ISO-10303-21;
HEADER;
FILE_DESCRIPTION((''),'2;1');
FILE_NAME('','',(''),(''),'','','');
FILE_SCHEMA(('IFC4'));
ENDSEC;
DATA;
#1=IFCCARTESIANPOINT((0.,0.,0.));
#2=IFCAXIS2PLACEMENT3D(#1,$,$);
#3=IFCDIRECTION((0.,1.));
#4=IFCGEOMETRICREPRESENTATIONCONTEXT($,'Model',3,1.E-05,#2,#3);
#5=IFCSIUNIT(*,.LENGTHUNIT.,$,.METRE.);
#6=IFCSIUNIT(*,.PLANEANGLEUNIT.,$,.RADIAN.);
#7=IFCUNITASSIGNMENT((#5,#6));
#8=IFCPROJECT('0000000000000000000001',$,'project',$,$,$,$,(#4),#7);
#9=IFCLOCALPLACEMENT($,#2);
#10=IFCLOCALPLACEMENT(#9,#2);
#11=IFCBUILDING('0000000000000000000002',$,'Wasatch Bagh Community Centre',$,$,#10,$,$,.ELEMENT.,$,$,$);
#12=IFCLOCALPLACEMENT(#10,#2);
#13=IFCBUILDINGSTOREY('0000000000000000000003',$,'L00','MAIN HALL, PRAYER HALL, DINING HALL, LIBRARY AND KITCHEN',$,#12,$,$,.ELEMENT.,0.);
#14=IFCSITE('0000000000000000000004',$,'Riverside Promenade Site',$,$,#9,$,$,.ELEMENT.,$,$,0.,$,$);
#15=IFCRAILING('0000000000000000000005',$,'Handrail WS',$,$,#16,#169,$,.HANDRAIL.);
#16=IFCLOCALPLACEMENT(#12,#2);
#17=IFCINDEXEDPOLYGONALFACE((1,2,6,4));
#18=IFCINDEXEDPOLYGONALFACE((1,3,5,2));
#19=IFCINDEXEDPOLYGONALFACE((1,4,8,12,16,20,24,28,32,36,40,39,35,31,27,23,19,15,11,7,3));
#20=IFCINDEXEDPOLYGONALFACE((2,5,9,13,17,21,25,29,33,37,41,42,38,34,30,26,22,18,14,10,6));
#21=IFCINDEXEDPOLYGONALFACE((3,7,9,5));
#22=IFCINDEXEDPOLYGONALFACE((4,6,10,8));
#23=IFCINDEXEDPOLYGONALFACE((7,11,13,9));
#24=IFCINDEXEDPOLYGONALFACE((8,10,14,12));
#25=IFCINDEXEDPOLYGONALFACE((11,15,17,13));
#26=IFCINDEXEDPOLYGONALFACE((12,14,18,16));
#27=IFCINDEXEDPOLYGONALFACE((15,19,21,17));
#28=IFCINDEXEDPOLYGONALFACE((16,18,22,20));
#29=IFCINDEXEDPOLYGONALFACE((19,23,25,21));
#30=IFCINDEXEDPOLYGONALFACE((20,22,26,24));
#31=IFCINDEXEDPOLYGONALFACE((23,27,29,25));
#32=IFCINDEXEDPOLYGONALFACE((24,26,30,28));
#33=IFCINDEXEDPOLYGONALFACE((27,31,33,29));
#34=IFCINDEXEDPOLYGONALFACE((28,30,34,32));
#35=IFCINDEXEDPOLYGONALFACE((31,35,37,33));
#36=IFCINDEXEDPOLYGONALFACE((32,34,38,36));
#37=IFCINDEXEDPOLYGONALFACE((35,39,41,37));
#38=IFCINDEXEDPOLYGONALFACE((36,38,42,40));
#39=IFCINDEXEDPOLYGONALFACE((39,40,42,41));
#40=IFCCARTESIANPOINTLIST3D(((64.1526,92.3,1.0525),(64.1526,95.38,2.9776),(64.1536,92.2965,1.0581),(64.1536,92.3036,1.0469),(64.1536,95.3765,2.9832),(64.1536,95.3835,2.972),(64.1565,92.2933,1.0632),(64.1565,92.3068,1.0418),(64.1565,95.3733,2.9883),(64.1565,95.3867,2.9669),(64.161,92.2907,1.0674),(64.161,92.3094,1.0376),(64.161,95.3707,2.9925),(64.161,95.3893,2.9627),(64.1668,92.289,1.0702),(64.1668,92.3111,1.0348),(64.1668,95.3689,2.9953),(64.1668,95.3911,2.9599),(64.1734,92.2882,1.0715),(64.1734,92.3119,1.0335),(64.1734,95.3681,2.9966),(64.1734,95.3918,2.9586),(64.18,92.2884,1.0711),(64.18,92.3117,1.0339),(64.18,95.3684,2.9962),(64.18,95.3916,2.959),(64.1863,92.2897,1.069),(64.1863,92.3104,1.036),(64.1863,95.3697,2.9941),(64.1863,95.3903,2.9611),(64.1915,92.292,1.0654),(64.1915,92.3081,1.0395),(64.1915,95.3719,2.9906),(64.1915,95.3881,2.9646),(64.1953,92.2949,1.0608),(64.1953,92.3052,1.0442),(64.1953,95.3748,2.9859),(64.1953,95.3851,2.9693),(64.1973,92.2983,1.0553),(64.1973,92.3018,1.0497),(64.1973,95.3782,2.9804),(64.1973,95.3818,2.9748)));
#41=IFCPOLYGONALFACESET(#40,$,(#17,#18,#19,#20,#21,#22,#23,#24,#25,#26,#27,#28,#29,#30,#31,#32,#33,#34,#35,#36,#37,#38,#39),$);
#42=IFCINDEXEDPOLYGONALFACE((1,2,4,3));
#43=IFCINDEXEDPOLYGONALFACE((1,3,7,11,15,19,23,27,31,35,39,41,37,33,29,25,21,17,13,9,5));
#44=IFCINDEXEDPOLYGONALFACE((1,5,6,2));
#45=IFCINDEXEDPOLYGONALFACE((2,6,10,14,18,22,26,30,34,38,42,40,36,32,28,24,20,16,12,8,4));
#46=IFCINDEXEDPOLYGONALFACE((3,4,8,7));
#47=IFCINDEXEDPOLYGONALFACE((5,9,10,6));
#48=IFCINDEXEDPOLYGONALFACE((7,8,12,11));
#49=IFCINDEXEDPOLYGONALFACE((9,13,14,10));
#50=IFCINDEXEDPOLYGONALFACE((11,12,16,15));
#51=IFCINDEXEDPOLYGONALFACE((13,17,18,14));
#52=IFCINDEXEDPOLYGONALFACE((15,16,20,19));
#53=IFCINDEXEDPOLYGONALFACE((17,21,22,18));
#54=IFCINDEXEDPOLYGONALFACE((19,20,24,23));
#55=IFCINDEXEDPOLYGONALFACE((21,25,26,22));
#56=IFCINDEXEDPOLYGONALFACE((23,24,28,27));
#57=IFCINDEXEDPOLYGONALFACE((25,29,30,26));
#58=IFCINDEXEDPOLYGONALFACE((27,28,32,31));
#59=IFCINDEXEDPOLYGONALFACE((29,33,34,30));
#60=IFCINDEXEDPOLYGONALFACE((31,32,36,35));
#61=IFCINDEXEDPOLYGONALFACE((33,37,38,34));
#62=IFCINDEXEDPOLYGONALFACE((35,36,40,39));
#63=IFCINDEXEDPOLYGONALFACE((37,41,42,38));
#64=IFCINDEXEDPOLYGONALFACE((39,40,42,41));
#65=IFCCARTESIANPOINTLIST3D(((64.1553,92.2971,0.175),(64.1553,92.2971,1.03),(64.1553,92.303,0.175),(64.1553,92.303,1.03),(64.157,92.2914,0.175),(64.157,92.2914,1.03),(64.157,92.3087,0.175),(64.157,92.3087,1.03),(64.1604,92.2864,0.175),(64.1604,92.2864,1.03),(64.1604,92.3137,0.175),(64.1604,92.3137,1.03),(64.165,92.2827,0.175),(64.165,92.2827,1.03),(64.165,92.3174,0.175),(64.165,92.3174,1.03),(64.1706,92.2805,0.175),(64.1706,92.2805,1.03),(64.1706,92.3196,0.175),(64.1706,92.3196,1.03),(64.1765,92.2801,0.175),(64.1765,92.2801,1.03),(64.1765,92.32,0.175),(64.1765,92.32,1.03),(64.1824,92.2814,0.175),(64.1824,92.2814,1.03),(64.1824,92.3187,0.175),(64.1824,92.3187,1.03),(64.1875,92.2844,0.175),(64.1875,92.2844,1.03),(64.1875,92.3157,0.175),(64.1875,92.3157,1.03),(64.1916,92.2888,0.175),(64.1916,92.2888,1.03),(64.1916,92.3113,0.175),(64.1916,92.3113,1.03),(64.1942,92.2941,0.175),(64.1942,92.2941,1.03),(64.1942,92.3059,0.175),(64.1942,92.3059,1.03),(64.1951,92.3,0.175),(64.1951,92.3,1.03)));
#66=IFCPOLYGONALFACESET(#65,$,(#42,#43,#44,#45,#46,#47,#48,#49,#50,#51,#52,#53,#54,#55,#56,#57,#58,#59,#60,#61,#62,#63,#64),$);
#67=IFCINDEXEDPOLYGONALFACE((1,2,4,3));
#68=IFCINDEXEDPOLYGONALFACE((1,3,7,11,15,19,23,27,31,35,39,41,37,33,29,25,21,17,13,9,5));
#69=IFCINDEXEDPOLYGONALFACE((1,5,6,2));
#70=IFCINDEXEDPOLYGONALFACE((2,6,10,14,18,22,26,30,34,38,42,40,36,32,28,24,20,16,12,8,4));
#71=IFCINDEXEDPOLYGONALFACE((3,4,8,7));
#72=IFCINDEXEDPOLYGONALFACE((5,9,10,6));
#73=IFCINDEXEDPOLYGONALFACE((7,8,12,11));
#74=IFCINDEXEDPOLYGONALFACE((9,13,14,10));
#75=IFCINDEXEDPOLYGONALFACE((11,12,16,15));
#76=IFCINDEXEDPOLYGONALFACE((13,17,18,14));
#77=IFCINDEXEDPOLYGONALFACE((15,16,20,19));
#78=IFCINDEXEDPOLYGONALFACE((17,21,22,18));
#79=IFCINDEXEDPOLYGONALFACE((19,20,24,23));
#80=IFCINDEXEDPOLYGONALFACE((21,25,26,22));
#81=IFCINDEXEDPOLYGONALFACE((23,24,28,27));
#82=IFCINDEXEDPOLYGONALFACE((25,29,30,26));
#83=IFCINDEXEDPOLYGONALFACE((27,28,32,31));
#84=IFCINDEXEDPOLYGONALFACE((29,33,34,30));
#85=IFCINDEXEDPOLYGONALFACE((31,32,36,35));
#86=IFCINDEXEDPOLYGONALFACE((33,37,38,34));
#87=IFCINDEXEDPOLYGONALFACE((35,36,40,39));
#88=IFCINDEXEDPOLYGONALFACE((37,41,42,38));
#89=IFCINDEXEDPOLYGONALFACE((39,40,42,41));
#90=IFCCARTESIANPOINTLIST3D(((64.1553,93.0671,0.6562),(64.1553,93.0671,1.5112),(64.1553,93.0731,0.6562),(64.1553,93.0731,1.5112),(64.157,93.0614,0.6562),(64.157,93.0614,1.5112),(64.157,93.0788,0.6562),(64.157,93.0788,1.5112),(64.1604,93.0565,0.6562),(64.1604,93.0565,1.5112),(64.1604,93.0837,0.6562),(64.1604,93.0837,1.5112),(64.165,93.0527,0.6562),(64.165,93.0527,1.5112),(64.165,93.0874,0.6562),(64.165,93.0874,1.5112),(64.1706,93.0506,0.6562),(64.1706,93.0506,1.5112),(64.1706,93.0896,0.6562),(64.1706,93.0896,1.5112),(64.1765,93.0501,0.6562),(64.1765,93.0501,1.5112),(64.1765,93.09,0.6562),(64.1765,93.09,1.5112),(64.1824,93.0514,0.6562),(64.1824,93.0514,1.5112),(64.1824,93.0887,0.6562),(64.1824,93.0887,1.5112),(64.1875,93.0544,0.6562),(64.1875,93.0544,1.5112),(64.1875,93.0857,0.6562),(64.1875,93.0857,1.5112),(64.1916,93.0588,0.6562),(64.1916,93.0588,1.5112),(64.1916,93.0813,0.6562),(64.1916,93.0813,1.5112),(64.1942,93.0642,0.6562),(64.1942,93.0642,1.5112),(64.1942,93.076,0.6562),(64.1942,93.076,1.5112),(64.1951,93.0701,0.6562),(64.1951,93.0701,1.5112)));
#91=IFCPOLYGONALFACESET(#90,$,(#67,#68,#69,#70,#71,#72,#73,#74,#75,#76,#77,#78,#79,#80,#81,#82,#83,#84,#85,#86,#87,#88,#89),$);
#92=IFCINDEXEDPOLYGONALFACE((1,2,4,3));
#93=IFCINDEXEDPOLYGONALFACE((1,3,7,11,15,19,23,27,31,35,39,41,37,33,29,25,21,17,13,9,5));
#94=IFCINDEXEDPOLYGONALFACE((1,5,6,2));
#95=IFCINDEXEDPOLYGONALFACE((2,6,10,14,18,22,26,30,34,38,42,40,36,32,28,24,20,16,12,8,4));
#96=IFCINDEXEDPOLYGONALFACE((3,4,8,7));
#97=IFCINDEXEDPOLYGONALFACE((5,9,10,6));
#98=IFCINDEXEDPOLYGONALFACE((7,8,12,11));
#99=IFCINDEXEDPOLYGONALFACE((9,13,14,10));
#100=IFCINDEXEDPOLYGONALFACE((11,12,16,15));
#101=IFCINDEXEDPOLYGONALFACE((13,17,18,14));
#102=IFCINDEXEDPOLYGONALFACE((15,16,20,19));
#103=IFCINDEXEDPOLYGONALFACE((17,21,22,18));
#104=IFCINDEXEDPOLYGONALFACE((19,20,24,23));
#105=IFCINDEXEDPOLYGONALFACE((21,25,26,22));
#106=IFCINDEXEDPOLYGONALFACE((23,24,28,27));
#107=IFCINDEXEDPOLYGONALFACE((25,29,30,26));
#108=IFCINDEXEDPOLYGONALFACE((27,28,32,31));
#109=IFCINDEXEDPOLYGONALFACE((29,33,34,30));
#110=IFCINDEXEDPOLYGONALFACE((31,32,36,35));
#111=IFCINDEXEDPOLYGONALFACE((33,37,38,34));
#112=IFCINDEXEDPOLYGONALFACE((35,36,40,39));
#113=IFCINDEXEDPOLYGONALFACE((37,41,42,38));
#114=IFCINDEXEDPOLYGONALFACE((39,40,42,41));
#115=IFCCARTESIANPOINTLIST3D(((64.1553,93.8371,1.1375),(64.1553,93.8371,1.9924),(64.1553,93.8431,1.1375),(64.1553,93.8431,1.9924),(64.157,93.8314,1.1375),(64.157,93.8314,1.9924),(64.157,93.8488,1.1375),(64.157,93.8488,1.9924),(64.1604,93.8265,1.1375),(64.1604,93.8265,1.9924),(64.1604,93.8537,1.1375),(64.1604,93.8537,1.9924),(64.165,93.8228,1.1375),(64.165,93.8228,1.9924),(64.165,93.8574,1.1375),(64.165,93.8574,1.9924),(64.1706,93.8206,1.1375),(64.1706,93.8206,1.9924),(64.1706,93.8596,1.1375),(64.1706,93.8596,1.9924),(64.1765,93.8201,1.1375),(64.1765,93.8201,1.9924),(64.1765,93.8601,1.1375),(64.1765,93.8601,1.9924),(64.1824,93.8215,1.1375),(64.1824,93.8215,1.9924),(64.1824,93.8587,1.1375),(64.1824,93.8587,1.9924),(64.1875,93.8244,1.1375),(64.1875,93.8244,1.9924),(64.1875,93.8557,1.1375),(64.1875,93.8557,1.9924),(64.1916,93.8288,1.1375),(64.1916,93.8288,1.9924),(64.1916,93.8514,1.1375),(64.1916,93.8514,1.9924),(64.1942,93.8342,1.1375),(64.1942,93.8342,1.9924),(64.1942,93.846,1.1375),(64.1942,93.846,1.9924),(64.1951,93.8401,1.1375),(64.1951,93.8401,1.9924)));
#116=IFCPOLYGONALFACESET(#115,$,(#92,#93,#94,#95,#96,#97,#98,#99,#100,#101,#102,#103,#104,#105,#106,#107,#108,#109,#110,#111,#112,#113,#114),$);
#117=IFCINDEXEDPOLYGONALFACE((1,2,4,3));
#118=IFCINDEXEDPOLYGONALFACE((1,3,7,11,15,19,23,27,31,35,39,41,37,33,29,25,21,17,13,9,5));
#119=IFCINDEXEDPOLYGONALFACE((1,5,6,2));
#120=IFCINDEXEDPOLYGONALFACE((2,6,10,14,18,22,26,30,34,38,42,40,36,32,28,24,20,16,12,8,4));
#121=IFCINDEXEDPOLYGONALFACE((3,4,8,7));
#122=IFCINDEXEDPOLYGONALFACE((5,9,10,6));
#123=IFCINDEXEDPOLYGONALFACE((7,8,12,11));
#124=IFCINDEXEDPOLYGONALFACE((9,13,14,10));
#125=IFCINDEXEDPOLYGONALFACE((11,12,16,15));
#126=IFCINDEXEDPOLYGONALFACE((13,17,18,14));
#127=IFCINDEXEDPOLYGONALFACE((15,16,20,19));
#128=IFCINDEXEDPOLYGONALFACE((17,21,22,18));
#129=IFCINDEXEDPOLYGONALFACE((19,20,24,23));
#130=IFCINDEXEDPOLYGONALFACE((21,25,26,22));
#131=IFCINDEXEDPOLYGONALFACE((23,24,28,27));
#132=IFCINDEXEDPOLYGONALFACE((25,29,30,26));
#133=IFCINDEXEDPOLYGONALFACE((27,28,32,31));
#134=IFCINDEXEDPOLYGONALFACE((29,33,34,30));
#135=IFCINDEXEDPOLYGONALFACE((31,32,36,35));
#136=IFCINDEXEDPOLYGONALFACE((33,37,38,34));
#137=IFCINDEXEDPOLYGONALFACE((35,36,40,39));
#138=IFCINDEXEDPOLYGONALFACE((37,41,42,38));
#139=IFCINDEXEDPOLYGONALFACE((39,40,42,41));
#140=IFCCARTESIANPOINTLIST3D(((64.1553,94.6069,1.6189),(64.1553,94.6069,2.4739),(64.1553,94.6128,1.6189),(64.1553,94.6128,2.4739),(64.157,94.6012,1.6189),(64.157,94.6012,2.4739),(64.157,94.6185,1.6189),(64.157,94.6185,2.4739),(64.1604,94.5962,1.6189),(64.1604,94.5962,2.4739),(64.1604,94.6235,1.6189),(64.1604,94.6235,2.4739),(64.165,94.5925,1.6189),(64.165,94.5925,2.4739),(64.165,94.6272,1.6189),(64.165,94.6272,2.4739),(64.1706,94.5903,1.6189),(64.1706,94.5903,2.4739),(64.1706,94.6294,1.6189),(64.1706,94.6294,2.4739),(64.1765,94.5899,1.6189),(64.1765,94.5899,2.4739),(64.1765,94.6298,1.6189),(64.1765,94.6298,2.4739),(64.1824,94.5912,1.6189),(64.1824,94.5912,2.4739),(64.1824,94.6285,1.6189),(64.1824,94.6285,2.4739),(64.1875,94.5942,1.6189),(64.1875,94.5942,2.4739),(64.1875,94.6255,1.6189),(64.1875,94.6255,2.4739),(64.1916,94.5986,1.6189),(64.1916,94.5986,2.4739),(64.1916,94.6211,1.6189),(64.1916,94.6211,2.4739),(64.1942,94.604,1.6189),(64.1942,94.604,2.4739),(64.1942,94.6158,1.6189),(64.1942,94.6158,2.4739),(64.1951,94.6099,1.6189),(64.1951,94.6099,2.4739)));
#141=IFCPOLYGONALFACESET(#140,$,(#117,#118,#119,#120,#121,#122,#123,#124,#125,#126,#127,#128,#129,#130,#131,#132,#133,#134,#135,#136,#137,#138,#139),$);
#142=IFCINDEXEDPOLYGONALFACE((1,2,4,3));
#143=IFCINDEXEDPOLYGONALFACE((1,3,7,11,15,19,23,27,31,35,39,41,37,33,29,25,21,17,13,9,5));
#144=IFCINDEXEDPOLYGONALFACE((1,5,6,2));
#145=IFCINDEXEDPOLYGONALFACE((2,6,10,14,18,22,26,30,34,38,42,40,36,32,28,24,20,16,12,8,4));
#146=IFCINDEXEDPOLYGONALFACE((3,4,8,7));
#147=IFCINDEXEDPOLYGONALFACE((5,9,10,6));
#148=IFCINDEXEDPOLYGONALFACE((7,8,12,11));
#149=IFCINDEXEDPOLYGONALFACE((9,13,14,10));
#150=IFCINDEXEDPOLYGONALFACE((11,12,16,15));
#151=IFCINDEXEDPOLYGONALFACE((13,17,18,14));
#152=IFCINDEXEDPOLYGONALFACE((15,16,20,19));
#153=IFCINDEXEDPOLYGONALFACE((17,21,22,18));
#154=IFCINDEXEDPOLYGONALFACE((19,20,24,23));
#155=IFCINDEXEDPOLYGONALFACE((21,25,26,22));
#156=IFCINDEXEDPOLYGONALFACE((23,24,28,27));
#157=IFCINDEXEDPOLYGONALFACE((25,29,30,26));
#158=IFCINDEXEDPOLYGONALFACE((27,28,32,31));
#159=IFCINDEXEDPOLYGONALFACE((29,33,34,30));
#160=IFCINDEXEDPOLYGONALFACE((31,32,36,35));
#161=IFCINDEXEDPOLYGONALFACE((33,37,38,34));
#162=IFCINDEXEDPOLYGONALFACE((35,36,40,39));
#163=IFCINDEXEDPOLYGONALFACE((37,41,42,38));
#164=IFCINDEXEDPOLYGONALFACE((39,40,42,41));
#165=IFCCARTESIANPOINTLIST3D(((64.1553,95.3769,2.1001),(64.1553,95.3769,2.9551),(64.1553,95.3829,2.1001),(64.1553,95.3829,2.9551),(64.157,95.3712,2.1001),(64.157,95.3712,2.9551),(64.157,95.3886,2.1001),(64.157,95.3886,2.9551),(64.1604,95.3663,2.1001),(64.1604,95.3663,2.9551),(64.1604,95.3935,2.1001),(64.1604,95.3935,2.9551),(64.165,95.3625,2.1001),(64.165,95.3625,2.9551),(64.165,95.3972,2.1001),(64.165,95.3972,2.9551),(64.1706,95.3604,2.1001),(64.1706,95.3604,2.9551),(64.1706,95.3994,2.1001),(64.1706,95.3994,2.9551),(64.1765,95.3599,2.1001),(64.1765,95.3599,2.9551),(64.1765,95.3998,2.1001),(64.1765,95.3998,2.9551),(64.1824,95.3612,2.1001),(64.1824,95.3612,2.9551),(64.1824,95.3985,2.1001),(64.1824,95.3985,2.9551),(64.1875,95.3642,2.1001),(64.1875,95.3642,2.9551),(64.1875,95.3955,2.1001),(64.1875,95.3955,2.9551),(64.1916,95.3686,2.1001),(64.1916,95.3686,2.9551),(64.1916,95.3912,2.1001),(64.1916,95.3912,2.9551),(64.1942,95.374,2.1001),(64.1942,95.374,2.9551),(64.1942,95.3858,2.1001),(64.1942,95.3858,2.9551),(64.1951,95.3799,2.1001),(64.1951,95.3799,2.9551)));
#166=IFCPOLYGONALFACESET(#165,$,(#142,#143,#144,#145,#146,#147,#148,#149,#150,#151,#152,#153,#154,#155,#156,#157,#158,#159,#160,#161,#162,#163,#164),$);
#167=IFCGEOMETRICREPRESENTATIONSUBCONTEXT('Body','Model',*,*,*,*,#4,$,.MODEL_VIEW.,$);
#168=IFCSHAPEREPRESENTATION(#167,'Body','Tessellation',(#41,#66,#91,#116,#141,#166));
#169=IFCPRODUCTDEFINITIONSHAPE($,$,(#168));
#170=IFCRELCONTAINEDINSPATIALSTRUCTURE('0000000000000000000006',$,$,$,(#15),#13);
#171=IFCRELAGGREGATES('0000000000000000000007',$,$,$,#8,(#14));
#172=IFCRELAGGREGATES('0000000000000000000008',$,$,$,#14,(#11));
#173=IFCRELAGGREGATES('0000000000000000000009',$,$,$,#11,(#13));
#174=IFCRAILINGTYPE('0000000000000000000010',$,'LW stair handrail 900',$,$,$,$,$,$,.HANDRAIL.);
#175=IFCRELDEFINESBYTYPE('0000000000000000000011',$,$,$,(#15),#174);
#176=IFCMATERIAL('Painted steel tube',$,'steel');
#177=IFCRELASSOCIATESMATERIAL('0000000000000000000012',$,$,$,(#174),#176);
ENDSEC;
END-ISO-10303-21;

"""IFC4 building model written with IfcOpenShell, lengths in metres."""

from ifc_helpers import new_model, si_unit, direction, frame, origin, origin_2d, place, context, subcontext, project, spatial, circle, extrude, material, type_object, element, save


model = new_model("IFC4")

# Units and contexts
model_context = context("Model", 3, precision=1e-05, world=origin(), true_north=direction((0.0, 1.0)))
body_context = subcontext(model_context, "Body", "Model", "MODEL_VIEW")
ifc_project = project(units=[si_unit("LENGTHUNIT", "METRE"), si_unit("PLANEANGLEUNIT", "RADIAN")], contexts=[model_context])

# Site, building, storey
site_placement = place(None, origin())
site = spatial("IfcSite", under=ifc_project, at=site_placement, Name="Riverside Promenade Site", CompositionType="ELEMENT", RefElevation=0.0)
building_placement = place(site_placement, origin())
building = spatial("IfcBuilding", under=site, at=building_placement, Name="Wasatch Bagh Community Centre", CompositionType="ELEMENT")
storey_placement = place(building_placement, origin())
storey = spatial("IfcBuildingStorey", under=building, at=storey_placement, Name="L00", Description="MAIN HALL, PRAYER HALL, DINING HALL, LIBRARY AND KITCHEN", CompositionType="ELEMENT", Elevation=0.0)

# Railing
ifc_material_1 = material(Name="Painted steel tube", Category="steel")
railing_type_1 = type_object("IfcRailingType", Name="LW stair handrail 900", PredefinedType="HANDRAIL", material=ifc_material_1)
for number, where, name in (
    (1, (64.175, 92.3, 0.175), "Handrail WS"),
):
    element("IfcRailing", number, at=place(storey_placement, frame(where)), inside=storey, type_object=railing_type_1, Name=name, PredefinedType="HANDRAIL", context=body_context, shape_type="SweptSolid", body=[
        extrude(circle(Radius=0.0225, at=origin_2d()), frame((0.0, 0.0, 0.8774), z_axis=(0.0, 0.847979, 0.530029), x_axis=(-1.0, 0.0, 0.0)), (0.0, 0.0, 1.0), 3.6321),
        extrude(circle(Radius=0.02, at=origin_2d()), origin(), (0.0, 0.0, 1.0), 0.855),
        extrude(circle(Radius=0.02, at=origin_2d()), frame((0.0, 0.77, 0.4812)), (0.0, 0.0, 1.0), 0.855),
        extrude(circle(Radius=0.02, at=origin_2d()), frame((0.0, 1.54, 0.9624)), (0.0, 0.0, 1.0), 0.855),
        extrude(circle(Radius=0.02, at=origin_2d()), frame((0.0, 2.3098, 1.4438)), (0.0, 0.0, 1.0), 0.855),
        extrude(circle(Radius=0.02, at=origin_2d()), frame((0.0, 3.0798, 1.925)), (0.0, 0.0, 1.0), 0.855),
    ])

save(model, "model.ifc")
